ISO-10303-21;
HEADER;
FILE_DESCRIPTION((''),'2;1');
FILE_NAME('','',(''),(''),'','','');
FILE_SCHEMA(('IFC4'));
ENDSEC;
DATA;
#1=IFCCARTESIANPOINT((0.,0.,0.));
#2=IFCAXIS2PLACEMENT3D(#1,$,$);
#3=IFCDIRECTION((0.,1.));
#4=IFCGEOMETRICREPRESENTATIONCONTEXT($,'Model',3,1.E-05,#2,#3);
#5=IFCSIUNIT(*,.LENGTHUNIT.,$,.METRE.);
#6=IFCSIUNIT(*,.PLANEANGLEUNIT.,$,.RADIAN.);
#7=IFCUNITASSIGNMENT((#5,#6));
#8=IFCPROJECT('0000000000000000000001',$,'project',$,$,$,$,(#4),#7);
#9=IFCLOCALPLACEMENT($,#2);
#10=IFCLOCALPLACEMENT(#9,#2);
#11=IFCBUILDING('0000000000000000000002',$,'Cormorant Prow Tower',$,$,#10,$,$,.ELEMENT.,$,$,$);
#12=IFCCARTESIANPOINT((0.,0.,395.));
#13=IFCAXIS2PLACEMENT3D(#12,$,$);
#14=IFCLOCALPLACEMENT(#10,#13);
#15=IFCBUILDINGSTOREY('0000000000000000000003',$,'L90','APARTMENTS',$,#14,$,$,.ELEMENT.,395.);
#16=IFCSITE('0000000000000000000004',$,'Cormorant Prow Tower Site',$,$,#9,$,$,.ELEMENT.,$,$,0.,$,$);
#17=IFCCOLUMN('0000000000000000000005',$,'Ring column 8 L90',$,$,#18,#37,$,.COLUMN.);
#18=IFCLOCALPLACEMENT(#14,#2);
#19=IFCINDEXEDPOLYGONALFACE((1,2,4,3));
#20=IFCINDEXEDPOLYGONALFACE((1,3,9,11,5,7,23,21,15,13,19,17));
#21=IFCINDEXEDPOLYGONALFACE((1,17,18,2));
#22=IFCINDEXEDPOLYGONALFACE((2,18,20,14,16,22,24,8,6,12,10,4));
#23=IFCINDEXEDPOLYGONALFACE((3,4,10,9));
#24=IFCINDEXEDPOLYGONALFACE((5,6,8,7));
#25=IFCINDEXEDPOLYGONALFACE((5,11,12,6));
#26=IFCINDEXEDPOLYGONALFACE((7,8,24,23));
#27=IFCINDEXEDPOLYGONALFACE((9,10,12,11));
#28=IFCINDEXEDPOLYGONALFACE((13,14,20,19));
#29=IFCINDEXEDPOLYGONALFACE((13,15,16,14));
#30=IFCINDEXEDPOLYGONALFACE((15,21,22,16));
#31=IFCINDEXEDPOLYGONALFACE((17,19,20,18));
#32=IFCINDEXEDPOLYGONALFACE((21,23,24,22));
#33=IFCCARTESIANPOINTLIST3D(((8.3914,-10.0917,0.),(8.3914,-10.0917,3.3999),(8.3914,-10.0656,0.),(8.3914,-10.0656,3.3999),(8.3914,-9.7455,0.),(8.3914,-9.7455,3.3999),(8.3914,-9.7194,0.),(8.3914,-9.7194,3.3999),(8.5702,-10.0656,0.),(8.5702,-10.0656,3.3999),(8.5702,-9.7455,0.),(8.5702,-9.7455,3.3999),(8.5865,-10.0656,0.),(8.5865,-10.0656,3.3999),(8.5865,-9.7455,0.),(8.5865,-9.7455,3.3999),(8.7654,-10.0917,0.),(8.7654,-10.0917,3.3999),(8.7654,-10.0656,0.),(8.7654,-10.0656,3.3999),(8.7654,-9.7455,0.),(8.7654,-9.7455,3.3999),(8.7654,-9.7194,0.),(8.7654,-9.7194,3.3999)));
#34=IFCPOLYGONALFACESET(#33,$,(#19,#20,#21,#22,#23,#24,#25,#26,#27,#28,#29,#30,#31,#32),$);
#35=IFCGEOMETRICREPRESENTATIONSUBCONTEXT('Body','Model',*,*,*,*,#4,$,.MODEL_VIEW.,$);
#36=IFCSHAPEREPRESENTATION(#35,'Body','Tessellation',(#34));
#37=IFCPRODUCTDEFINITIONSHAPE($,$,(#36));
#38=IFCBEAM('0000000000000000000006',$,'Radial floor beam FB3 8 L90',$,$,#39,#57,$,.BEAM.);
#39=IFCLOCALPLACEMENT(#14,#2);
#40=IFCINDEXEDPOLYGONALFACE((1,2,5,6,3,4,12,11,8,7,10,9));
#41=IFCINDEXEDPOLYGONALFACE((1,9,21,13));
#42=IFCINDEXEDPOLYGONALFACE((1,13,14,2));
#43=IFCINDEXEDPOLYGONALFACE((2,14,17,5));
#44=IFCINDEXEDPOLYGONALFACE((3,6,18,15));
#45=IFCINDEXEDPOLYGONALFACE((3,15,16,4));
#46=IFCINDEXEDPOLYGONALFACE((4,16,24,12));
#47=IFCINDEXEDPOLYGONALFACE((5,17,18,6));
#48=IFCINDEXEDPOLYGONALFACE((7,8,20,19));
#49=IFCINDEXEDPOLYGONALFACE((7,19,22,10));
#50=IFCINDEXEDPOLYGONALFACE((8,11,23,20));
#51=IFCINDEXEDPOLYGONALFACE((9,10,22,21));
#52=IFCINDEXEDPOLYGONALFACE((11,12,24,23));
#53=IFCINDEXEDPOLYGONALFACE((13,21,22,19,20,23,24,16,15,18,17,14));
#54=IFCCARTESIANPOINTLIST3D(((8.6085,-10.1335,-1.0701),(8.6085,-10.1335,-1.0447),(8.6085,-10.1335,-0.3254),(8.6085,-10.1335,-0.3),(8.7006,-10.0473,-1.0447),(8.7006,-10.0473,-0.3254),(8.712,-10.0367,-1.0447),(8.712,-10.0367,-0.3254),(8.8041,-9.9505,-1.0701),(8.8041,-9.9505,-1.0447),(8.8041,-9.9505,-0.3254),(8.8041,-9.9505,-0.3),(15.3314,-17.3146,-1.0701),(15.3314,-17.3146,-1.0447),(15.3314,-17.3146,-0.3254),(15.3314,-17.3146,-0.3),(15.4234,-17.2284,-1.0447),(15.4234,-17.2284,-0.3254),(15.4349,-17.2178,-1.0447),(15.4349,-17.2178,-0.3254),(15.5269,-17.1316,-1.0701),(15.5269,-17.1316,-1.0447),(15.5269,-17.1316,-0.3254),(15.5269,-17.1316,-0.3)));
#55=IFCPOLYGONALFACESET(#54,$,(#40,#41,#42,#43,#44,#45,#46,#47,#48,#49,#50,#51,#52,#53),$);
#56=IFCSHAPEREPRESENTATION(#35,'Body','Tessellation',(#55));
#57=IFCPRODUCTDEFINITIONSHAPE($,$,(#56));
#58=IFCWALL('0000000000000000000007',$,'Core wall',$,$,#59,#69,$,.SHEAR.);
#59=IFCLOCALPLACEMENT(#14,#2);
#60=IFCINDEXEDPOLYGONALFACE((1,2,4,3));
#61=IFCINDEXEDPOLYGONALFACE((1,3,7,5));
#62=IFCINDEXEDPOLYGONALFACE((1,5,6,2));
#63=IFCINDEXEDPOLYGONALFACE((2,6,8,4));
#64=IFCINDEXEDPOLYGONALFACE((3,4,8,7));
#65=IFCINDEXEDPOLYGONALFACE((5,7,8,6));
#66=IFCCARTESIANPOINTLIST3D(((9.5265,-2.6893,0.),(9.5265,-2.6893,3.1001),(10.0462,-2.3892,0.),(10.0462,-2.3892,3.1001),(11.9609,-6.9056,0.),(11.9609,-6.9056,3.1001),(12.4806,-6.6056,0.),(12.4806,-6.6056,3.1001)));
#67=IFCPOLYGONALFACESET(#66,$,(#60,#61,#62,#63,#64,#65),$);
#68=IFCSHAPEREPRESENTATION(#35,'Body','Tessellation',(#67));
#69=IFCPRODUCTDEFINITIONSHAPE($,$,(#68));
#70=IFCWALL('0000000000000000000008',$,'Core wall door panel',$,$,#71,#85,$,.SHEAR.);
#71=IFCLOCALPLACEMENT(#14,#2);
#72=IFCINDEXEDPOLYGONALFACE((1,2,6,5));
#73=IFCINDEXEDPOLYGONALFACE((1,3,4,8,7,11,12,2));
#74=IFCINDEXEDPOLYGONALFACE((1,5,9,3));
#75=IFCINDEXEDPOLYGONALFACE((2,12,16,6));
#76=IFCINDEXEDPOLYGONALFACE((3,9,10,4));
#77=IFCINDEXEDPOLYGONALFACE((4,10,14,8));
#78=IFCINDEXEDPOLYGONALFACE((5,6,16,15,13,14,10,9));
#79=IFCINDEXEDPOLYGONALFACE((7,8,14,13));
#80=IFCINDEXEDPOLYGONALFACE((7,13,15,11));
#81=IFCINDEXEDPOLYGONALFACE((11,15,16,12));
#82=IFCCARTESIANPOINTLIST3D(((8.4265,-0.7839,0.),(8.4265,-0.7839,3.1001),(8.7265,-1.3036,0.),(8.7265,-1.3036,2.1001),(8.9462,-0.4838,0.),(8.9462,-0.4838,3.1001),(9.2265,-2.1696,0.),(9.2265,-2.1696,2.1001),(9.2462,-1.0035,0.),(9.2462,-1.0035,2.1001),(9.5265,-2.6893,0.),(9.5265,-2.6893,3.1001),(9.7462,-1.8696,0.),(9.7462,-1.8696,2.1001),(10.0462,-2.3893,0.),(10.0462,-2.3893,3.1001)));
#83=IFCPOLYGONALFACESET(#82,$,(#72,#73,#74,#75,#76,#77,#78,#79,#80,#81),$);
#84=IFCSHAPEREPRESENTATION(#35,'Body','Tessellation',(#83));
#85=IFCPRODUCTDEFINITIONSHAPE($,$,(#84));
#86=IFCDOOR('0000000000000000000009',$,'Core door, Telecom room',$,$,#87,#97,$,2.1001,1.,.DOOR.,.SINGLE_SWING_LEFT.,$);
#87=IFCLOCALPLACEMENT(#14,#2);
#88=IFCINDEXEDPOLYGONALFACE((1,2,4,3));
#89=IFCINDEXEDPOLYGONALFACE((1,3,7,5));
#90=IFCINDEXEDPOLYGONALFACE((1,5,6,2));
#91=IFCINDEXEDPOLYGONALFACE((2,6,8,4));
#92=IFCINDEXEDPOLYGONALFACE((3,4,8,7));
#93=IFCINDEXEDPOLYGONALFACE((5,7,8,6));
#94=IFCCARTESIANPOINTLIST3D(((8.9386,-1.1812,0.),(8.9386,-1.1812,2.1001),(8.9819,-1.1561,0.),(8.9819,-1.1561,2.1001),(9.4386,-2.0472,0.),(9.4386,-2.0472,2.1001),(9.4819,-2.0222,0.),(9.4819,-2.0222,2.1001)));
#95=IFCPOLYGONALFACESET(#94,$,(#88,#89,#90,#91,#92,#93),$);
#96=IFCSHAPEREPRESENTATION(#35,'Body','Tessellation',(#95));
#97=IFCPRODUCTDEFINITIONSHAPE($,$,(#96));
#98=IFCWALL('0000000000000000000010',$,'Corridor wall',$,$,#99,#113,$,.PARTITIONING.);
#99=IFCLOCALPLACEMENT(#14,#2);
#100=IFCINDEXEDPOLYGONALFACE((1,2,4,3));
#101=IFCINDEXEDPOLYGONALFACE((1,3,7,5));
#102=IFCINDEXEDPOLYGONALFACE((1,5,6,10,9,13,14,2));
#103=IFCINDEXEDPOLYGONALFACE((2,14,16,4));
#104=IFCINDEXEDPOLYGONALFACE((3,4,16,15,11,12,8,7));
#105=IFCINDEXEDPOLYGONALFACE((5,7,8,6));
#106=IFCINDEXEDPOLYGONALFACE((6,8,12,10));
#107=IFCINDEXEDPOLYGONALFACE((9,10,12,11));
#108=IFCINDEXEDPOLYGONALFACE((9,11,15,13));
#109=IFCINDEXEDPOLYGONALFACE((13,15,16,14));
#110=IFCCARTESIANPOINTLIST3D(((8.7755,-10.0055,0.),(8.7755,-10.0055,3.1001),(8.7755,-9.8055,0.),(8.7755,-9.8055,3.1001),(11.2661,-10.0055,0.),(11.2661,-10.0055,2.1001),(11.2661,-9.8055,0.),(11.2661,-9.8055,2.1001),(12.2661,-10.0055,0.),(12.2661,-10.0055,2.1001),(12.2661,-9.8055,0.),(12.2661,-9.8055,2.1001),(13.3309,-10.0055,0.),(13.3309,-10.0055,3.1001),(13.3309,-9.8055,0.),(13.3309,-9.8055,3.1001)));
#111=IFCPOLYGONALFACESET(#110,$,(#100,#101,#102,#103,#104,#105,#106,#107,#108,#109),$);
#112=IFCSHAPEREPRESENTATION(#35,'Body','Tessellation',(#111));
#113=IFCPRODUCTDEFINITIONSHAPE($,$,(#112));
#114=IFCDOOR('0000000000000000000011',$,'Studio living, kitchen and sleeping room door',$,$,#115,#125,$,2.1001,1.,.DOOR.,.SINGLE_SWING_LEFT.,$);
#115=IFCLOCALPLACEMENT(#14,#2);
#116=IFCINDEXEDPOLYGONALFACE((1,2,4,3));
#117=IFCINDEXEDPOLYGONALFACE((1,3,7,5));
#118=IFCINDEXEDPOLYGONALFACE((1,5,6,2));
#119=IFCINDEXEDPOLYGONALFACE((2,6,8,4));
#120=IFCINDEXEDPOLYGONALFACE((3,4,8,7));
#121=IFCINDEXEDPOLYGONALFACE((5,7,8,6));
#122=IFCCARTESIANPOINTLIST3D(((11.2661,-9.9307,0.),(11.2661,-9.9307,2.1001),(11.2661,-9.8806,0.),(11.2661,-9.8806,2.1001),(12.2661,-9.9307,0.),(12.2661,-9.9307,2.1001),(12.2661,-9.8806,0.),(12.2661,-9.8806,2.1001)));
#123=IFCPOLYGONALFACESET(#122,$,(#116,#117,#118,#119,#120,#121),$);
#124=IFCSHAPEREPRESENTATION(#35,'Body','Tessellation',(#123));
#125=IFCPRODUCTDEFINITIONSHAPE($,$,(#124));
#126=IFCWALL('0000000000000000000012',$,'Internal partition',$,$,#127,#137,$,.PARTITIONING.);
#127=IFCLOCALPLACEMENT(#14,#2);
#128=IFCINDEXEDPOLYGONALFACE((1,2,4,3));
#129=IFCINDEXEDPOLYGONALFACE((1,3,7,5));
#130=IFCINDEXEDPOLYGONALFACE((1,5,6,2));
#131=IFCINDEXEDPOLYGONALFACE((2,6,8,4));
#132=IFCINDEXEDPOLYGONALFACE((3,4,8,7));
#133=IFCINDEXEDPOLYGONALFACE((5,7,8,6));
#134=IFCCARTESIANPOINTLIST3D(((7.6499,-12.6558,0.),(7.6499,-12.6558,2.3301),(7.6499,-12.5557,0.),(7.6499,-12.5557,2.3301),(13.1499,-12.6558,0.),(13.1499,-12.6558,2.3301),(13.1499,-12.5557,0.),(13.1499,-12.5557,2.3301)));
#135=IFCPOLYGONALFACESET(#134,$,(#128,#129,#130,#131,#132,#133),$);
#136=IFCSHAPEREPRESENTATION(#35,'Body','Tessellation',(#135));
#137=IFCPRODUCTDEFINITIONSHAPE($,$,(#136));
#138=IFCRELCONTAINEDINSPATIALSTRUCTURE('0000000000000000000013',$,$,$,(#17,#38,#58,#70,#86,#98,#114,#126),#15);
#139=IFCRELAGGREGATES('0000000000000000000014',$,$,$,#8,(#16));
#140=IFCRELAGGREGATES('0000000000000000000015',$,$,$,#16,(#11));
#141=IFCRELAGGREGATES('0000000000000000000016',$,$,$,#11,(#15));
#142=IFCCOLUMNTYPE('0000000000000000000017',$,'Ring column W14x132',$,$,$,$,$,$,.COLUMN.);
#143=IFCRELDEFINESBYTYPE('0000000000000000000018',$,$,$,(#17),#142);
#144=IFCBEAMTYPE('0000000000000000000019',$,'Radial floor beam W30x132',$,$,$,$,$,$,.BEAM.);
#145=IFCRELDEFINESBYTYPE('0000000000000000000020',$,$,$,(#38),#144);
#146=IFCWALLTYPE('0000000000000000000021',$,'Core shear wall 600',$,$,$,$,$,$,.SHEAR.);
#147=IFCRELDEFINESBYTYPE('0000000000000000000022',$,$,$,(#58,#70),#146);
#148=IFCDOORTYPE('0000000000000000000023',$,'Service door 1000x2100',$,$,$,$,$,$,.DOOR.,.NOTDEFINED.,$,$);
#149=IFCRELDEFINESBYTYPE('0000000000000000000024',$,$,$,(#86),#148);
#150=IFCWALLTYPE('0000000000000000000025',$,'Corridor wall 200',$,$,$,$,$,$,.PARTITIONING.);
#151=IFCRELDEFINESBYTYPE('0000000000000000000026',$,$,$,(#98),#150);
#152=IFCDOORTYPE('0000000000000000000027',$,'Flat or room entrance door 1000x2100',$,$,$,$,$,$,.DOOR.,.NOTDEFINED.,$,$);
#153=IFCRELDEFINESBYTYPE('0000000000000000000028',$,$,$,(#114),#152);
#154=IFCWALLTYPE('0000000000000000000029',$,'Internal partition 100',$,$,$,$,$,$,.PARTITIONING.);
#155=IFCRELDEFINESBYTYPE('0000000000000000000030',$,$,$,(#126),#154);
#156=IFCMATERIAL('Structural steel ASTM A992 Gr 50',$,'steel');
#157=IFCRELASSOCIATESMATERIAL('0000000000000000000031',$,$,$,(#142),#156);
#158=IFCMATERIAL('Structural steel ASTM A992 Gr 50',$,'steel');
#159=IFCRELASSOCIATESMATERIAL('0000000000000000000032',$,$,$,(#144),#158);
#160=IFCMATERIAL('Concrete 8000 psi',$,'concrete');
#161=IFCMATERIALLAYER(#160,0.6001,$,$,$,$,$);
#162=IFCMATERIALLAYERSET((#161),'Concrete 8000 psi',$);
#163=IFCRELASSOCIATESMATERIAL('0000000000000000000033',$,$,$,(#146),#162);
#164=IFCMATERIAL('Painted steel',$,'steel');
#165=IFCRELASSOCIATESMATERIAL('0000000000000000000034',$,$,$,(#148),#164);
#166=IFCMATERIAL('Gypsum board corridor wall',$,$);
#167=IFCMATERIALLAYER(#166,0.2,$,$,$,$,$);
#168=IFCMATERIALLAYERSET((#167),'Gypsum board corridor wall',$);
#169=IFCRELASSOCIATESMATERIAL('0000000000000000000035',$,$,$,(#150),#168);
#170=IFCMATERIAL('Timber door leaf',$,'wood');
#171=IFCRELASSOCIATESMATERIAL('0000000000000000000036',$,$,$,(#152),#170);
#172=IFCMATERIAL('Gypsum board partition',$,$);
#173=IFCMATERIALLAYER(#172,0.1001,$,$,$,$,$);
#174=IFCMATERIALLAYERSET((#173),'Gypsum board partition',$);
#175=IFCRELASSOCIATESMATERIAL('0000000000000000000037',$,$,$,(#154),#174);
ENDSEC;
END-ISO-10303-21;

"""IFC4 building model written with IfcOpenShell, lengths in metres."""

from ifc_helpers import new_model, si_unit, direction, frame, frame_2d, origin, origin_2d, place, context, subcontext, project, spatial, rectangle, i_section, extrude, material, layer, layer_set, material_profile, profile_set, type_object, element, fill, save


model = new_model("IFC4")

# Units and contexts
model_context = context("Model", 3, precision=1e-05, world=origin(), true_north=direction((0.0, 1.0)))
body_context = subcontext(model_context, "Body", "Model", "MODEL_VIEW")
ifc_project = project(units=[si_unit("LENGTHUNIT", "METRE"), si_unit("PLANEANGLEUNIT", "RADIAN")], contexts=[model_context])

# Site, building, storey
site_placement = place(None, origin())
site = spatial("IfcSite", under=ifc_project, at=site_placement, Name="Cormorant Prow Tower Site", CompositionType="ELEMENT", RefElevation=0.0)
building_placement = place(site_placement, origin())
building = spatial("IfcBuilding", under=site, at=building_placement, Name="Cormorant Prow Tower", CompositionType="ELEMENT")
storey_placement = place(building_placement, frame((0.0, 0.0, 395.0)))
storey = spatial("IfcBuildingStorey", under=building, at=storey_placement, Name="L90", Description="APARTMENTS", CompositionType="ELEMENT", Elevation=395.0)

# Column
ifc_material_1 = material(Name="Structural steel ASTM A992 Gr 50", Category="steel")
ifc_material_profile_1 = material_profile(ifc_material_1, i_section(OverallWidth=0.374, OverallDepth=0.3723, WebThickness=0.0164, FlangeThickness=0.0261, at=origin_2d()), Name="W14x132")
ifc_profile_set_1 = profile_set([ifc_material_profile_1], Name="Structural steel ASTM A992 Gr 50")
column_type = type_object("IfcColumnType", Name="Ring column W14x132", PredefinedType="COLUMN", material=ifc_profile_set_1)
column_placement = place(storey_placement, frame((8.5784, -9.9055, 0.0), z_axis=(0.0, 0.0, 1.0), x_axis=(1.0, 0.0, 0.0)))
element("IfcColumn", 1, at=column_placement, inside=storey, type_object=column_type, Name="Ring column 8 L90", PredefinedType="COLUMN", context=body_context, shape_type="SweptSolid", body=[
    extrude(i_section(OverallWidth=0.374, OverallDepth=0.3723, WebThickness=0.0164, FlangeThickness=0.0261, at=origin_2d()), origin(), (0.0, 0.0, 1.0), 3.3999),
])

# Beam
ifc_material_2 = material(Name="Structural steel ASTM A992 Gr 50", Category="steel")
ifc_material_profile_2 = material_profile(ifc_material_2, i_section(OverallWidth=0.2678, OverallDepth=0.77, WebThickness=0.0156, FlangeThickness=0.0254, at=origin_2d()), Name="W30x132")
ifc_profile_set_2 = profile_set([ifc_material_profile_2], Name="Structural steel ASTM A992 Gr 50")
beam_type = type_object("IfcBeamType", Name="Radial floor beam W30x132", PredefinedType="BEAM", material=ifc_profile_set_2)
beam_placement = place(storey_placement, frame((8.7063, -10.042, -0.6851), z_axis=(0.683431, -0.730015, 0.0), x_axis=(0.730015, 0.683431, 0.0)))
element("IfcBeam", 2, at=beam_placement, inside=storey, type_object=beam_type, Name="Radial floor beam FB3 8 L90", PredefinedType="BEAM", context=body_context, shape_type="SweptSolid", body=[
    extrude(i_section(OverallWidth=0.2678, OverallDepth=0.77, WebThickness=0.0156, FlangeThickness=0.0254, at=origin_2d()), origin(), (0.0, 0.0, 1.0), 9.8369),
])

# Wall
ifc_material_3 = material(Name="Concrete 8000 psi", Category="concrete")
ifc_layer_1 = layer(ifc_material_3, 0.6001)
ifc_layer_set_1 = layer_set([ifc_layer_1], Name="Concrete 8000 psi")
wall_type_1 = type_object("IfcWallType", Name="Core shear wall 600", PredefinedType="SHEAR", material=ifc_layer_set_1)
wall_1_placement = place(storey_placement, frame((12.2207, -6.7556, 0.0), z_axis=(0.0, 0.0, 1.0), x_axis=(-0.500006, 0.866022, 0.0)))
element("IfcWall", 3, at=wall_1_placement, inside=storey, type_object=wall_type_1, Name="Core wall", PredefinedType="SHEAR", context=body_context, shape_type="SweptSolid", body=[
    extrude(rectangle(XDim=4.8687, YDim=0.6001, at=frame_2d((2.4343, 0.0))), origin(), (0.0, 0.0, 1.0), 3.1001),
])

# Walls, openings, doors
wall_2_placement = place(storey_placement, frame((9.7864, -2.5393, 0.0), z_axis=(0.0, 0.0, 1.0), x_axis=(-0.499982, 0.866036, 0.0)))
wall_2 = element("IfcWall", 4, at=wall_2_placement, inside=storey, type_object=wall_type_1, Name="Core wall door panel", PredefinedType="SHEAR", context=body_context, shape_type="SweptSolid", body=[
    extrude(rectangle(XDim=2.2002, YDim=0.6001, at=frame_2d((1.1001, 0.0))), origin(), (0.0, 0.0, 1.0), 3.1001),
])
opening_1_placement = place(wall_2_placement, frame((0.6001, 0.0, 0.0)))
opening_1 = element("IfcOpeningElement", 5, at=opening_1_placement, cuts=wall_2, PredefinedType="OPENING", context=body_context, shape_type="SweptSolid", body=[
    extrude(rectangle(XDim=1.0, YDim=2.1001, at=frame_2d((0.5, 1.05))), frame((0.0, 0.3101, 0.0), z_axis=(0.0, -1.0, 0.0), x_axis=(1.0, 0.0, 0.0)), (0.0, 0.0, 1.0), 0.6201),
])
ifc_material_4 = material(Name="Painted steel", Category="steel")
door_type_1 = type_object("IfcDoorType", Name="Service door 1000x2100", OperationType="NOTDEFINED", PredefinedType="DOOR", material=ifc_material_4)
door_1_placement = place(opening_1_placement, origin())
door_1 = element("IfcDoor", 6, at=door_1_placement, inside=storey, type_object=door_type_1, Name="Core door, Telecom room", OperationType="SINGLE_SWING_LEFT", OverallHeight=2.1001, OverallWidth=1.0, PredefinedType="DOOR", context=body_context, shape_type="SweptSolid", body=[
    extrude(rectangle(XDim=1.0, YDim=2.1001, at=frame_2d((0.5, 1.05))), frame((0.0, 0.0552, 0.0), z_axis=(0.0, -1.0, 0.0), x_axis=(1.0, 0.0, 0.0)), (0.0, 0.0, 1.0), 0.05),
])
fill(opening_1, door_1)
ifc_material_5 = material(Name="Gypsum board corridor wall")
ifc_layer_2 = layer(ifc_material_5, 0.2)
ifc_layer_set_2 = layer_set([ifc_layer_2], Name="Gypsum board corridor wall")
wall_type_2 = type_object("IfcWallType", Name="Corridor wall 200", PredefinedType="PARTITIONING", material=ifc_layer_set_2)
wall_3_placement = place(storey_placement, frame((8.7754, -9.9055, 0.0), z_axis=(0.0, 0.0, 1.0), x_axis=(1.0, 0.0, 0.0)))
wall_3 = element("IfcWall", 7, at=wall_3_placement, inside=storey, type_object=wall_type_2, Name="Corridor wall", PredefinedType="PARTITIONING", context=body_context, shape_type="SweptSolid", body=[
    extrude(rectangle(XDim=4.5554, YDim=0.2, at=frame_2d((2.2778, 0.0))), origin(), (0.0, 0.0, 1.0), 3.1001),
])
opening_2_placement = place(wall_3_placement, frame((2.4907, 0.0, 0.0)))
opening_2 = element("IfcOpeningElement", 8, at=opening_2_placement, cuts=wall_3, PredefinedType="OPENING", context=body_context, shape_type="SweptSolid", body=[
    extrude(rectangle(XDim=1.0, YDim=2.1001, at=frame_2d((0.5, 1.05))), frame((0.0, 0.1099, 0.0), z_axis=(0.0, -1.0, 0.0), x_axis=(1.0, 0.0, 0.0)), (0.0, 0.0, 1.0), 0.22),
])
ifc_material_6 = material(Name="Timber door leaf", Category="wood")
door_type_2 = type_object("IfcDoorType", Name="Flat or room entrance door 1000x2100", OperationType="NOTDEFINED", PredefinedType="DOOR", material=ifc_material_6)
door_2_placement = place(opening_2_placement, origin())
door_2 = element("IfcDoor", 9, at=door_2_placement, inside=storey, type_object=door_type_2, Name="Studio living, kitchen and sleeping room door", OperationType="SINGLE_SWING_LEFT", OverallHeight=2.1001, OverallWidth=1.0, PredefinedType="DOOR", context=body_context, shape_type="SweptSolid", body=[
    extrude(rectangle(XDim=1.0, YDim=2.1001, at=frame_2d((0.5, 1.05))), frame((0.0, 0.0249, 0.0), z_axis=(0.0, -1.0, 0.0), x_axis=(1.0, 0.0, 0.0)), (0.0, 0.0, 1.0), 0.05),
])
fill(opening_2, door_2)

# Wall
ifc_material_7 = material(Name="Gypsum board partition")
ifc_layer_3 = layer(ifc_material_7, 0.1001)
ifc_layer_set_3 = layer_set([ifc_layer_3], Name="Gypsum board partition")
wall_type_3 = type_object("IfcWallType", Name="Internal partition 100", PredefinedType="PARTITIONING", material=ifc_layer_set_3)
wall_4_placement = place(storey_placement, frame((7.6499, -12.6057, 0.0), z_axis=(0.0, 0.0, 1.0), x_axis=(1.0, 0.0, 0.0)))
element("IfcWall", 10, at=wall_4_placement, inside=storey, type_object=wall_type_3, Name="Internal partition", PredefinedType="PARTITIONING", context=body_context, shape_type="SweptSolid", body=[
    extrude(rectangle(XDim=5.5, YDim=0.1001, at=frame_2d((2.75, 0.0))), origin(), (0.0, 0.0, 1.0), 2.3301),
])

save(model, "model.ifc")
